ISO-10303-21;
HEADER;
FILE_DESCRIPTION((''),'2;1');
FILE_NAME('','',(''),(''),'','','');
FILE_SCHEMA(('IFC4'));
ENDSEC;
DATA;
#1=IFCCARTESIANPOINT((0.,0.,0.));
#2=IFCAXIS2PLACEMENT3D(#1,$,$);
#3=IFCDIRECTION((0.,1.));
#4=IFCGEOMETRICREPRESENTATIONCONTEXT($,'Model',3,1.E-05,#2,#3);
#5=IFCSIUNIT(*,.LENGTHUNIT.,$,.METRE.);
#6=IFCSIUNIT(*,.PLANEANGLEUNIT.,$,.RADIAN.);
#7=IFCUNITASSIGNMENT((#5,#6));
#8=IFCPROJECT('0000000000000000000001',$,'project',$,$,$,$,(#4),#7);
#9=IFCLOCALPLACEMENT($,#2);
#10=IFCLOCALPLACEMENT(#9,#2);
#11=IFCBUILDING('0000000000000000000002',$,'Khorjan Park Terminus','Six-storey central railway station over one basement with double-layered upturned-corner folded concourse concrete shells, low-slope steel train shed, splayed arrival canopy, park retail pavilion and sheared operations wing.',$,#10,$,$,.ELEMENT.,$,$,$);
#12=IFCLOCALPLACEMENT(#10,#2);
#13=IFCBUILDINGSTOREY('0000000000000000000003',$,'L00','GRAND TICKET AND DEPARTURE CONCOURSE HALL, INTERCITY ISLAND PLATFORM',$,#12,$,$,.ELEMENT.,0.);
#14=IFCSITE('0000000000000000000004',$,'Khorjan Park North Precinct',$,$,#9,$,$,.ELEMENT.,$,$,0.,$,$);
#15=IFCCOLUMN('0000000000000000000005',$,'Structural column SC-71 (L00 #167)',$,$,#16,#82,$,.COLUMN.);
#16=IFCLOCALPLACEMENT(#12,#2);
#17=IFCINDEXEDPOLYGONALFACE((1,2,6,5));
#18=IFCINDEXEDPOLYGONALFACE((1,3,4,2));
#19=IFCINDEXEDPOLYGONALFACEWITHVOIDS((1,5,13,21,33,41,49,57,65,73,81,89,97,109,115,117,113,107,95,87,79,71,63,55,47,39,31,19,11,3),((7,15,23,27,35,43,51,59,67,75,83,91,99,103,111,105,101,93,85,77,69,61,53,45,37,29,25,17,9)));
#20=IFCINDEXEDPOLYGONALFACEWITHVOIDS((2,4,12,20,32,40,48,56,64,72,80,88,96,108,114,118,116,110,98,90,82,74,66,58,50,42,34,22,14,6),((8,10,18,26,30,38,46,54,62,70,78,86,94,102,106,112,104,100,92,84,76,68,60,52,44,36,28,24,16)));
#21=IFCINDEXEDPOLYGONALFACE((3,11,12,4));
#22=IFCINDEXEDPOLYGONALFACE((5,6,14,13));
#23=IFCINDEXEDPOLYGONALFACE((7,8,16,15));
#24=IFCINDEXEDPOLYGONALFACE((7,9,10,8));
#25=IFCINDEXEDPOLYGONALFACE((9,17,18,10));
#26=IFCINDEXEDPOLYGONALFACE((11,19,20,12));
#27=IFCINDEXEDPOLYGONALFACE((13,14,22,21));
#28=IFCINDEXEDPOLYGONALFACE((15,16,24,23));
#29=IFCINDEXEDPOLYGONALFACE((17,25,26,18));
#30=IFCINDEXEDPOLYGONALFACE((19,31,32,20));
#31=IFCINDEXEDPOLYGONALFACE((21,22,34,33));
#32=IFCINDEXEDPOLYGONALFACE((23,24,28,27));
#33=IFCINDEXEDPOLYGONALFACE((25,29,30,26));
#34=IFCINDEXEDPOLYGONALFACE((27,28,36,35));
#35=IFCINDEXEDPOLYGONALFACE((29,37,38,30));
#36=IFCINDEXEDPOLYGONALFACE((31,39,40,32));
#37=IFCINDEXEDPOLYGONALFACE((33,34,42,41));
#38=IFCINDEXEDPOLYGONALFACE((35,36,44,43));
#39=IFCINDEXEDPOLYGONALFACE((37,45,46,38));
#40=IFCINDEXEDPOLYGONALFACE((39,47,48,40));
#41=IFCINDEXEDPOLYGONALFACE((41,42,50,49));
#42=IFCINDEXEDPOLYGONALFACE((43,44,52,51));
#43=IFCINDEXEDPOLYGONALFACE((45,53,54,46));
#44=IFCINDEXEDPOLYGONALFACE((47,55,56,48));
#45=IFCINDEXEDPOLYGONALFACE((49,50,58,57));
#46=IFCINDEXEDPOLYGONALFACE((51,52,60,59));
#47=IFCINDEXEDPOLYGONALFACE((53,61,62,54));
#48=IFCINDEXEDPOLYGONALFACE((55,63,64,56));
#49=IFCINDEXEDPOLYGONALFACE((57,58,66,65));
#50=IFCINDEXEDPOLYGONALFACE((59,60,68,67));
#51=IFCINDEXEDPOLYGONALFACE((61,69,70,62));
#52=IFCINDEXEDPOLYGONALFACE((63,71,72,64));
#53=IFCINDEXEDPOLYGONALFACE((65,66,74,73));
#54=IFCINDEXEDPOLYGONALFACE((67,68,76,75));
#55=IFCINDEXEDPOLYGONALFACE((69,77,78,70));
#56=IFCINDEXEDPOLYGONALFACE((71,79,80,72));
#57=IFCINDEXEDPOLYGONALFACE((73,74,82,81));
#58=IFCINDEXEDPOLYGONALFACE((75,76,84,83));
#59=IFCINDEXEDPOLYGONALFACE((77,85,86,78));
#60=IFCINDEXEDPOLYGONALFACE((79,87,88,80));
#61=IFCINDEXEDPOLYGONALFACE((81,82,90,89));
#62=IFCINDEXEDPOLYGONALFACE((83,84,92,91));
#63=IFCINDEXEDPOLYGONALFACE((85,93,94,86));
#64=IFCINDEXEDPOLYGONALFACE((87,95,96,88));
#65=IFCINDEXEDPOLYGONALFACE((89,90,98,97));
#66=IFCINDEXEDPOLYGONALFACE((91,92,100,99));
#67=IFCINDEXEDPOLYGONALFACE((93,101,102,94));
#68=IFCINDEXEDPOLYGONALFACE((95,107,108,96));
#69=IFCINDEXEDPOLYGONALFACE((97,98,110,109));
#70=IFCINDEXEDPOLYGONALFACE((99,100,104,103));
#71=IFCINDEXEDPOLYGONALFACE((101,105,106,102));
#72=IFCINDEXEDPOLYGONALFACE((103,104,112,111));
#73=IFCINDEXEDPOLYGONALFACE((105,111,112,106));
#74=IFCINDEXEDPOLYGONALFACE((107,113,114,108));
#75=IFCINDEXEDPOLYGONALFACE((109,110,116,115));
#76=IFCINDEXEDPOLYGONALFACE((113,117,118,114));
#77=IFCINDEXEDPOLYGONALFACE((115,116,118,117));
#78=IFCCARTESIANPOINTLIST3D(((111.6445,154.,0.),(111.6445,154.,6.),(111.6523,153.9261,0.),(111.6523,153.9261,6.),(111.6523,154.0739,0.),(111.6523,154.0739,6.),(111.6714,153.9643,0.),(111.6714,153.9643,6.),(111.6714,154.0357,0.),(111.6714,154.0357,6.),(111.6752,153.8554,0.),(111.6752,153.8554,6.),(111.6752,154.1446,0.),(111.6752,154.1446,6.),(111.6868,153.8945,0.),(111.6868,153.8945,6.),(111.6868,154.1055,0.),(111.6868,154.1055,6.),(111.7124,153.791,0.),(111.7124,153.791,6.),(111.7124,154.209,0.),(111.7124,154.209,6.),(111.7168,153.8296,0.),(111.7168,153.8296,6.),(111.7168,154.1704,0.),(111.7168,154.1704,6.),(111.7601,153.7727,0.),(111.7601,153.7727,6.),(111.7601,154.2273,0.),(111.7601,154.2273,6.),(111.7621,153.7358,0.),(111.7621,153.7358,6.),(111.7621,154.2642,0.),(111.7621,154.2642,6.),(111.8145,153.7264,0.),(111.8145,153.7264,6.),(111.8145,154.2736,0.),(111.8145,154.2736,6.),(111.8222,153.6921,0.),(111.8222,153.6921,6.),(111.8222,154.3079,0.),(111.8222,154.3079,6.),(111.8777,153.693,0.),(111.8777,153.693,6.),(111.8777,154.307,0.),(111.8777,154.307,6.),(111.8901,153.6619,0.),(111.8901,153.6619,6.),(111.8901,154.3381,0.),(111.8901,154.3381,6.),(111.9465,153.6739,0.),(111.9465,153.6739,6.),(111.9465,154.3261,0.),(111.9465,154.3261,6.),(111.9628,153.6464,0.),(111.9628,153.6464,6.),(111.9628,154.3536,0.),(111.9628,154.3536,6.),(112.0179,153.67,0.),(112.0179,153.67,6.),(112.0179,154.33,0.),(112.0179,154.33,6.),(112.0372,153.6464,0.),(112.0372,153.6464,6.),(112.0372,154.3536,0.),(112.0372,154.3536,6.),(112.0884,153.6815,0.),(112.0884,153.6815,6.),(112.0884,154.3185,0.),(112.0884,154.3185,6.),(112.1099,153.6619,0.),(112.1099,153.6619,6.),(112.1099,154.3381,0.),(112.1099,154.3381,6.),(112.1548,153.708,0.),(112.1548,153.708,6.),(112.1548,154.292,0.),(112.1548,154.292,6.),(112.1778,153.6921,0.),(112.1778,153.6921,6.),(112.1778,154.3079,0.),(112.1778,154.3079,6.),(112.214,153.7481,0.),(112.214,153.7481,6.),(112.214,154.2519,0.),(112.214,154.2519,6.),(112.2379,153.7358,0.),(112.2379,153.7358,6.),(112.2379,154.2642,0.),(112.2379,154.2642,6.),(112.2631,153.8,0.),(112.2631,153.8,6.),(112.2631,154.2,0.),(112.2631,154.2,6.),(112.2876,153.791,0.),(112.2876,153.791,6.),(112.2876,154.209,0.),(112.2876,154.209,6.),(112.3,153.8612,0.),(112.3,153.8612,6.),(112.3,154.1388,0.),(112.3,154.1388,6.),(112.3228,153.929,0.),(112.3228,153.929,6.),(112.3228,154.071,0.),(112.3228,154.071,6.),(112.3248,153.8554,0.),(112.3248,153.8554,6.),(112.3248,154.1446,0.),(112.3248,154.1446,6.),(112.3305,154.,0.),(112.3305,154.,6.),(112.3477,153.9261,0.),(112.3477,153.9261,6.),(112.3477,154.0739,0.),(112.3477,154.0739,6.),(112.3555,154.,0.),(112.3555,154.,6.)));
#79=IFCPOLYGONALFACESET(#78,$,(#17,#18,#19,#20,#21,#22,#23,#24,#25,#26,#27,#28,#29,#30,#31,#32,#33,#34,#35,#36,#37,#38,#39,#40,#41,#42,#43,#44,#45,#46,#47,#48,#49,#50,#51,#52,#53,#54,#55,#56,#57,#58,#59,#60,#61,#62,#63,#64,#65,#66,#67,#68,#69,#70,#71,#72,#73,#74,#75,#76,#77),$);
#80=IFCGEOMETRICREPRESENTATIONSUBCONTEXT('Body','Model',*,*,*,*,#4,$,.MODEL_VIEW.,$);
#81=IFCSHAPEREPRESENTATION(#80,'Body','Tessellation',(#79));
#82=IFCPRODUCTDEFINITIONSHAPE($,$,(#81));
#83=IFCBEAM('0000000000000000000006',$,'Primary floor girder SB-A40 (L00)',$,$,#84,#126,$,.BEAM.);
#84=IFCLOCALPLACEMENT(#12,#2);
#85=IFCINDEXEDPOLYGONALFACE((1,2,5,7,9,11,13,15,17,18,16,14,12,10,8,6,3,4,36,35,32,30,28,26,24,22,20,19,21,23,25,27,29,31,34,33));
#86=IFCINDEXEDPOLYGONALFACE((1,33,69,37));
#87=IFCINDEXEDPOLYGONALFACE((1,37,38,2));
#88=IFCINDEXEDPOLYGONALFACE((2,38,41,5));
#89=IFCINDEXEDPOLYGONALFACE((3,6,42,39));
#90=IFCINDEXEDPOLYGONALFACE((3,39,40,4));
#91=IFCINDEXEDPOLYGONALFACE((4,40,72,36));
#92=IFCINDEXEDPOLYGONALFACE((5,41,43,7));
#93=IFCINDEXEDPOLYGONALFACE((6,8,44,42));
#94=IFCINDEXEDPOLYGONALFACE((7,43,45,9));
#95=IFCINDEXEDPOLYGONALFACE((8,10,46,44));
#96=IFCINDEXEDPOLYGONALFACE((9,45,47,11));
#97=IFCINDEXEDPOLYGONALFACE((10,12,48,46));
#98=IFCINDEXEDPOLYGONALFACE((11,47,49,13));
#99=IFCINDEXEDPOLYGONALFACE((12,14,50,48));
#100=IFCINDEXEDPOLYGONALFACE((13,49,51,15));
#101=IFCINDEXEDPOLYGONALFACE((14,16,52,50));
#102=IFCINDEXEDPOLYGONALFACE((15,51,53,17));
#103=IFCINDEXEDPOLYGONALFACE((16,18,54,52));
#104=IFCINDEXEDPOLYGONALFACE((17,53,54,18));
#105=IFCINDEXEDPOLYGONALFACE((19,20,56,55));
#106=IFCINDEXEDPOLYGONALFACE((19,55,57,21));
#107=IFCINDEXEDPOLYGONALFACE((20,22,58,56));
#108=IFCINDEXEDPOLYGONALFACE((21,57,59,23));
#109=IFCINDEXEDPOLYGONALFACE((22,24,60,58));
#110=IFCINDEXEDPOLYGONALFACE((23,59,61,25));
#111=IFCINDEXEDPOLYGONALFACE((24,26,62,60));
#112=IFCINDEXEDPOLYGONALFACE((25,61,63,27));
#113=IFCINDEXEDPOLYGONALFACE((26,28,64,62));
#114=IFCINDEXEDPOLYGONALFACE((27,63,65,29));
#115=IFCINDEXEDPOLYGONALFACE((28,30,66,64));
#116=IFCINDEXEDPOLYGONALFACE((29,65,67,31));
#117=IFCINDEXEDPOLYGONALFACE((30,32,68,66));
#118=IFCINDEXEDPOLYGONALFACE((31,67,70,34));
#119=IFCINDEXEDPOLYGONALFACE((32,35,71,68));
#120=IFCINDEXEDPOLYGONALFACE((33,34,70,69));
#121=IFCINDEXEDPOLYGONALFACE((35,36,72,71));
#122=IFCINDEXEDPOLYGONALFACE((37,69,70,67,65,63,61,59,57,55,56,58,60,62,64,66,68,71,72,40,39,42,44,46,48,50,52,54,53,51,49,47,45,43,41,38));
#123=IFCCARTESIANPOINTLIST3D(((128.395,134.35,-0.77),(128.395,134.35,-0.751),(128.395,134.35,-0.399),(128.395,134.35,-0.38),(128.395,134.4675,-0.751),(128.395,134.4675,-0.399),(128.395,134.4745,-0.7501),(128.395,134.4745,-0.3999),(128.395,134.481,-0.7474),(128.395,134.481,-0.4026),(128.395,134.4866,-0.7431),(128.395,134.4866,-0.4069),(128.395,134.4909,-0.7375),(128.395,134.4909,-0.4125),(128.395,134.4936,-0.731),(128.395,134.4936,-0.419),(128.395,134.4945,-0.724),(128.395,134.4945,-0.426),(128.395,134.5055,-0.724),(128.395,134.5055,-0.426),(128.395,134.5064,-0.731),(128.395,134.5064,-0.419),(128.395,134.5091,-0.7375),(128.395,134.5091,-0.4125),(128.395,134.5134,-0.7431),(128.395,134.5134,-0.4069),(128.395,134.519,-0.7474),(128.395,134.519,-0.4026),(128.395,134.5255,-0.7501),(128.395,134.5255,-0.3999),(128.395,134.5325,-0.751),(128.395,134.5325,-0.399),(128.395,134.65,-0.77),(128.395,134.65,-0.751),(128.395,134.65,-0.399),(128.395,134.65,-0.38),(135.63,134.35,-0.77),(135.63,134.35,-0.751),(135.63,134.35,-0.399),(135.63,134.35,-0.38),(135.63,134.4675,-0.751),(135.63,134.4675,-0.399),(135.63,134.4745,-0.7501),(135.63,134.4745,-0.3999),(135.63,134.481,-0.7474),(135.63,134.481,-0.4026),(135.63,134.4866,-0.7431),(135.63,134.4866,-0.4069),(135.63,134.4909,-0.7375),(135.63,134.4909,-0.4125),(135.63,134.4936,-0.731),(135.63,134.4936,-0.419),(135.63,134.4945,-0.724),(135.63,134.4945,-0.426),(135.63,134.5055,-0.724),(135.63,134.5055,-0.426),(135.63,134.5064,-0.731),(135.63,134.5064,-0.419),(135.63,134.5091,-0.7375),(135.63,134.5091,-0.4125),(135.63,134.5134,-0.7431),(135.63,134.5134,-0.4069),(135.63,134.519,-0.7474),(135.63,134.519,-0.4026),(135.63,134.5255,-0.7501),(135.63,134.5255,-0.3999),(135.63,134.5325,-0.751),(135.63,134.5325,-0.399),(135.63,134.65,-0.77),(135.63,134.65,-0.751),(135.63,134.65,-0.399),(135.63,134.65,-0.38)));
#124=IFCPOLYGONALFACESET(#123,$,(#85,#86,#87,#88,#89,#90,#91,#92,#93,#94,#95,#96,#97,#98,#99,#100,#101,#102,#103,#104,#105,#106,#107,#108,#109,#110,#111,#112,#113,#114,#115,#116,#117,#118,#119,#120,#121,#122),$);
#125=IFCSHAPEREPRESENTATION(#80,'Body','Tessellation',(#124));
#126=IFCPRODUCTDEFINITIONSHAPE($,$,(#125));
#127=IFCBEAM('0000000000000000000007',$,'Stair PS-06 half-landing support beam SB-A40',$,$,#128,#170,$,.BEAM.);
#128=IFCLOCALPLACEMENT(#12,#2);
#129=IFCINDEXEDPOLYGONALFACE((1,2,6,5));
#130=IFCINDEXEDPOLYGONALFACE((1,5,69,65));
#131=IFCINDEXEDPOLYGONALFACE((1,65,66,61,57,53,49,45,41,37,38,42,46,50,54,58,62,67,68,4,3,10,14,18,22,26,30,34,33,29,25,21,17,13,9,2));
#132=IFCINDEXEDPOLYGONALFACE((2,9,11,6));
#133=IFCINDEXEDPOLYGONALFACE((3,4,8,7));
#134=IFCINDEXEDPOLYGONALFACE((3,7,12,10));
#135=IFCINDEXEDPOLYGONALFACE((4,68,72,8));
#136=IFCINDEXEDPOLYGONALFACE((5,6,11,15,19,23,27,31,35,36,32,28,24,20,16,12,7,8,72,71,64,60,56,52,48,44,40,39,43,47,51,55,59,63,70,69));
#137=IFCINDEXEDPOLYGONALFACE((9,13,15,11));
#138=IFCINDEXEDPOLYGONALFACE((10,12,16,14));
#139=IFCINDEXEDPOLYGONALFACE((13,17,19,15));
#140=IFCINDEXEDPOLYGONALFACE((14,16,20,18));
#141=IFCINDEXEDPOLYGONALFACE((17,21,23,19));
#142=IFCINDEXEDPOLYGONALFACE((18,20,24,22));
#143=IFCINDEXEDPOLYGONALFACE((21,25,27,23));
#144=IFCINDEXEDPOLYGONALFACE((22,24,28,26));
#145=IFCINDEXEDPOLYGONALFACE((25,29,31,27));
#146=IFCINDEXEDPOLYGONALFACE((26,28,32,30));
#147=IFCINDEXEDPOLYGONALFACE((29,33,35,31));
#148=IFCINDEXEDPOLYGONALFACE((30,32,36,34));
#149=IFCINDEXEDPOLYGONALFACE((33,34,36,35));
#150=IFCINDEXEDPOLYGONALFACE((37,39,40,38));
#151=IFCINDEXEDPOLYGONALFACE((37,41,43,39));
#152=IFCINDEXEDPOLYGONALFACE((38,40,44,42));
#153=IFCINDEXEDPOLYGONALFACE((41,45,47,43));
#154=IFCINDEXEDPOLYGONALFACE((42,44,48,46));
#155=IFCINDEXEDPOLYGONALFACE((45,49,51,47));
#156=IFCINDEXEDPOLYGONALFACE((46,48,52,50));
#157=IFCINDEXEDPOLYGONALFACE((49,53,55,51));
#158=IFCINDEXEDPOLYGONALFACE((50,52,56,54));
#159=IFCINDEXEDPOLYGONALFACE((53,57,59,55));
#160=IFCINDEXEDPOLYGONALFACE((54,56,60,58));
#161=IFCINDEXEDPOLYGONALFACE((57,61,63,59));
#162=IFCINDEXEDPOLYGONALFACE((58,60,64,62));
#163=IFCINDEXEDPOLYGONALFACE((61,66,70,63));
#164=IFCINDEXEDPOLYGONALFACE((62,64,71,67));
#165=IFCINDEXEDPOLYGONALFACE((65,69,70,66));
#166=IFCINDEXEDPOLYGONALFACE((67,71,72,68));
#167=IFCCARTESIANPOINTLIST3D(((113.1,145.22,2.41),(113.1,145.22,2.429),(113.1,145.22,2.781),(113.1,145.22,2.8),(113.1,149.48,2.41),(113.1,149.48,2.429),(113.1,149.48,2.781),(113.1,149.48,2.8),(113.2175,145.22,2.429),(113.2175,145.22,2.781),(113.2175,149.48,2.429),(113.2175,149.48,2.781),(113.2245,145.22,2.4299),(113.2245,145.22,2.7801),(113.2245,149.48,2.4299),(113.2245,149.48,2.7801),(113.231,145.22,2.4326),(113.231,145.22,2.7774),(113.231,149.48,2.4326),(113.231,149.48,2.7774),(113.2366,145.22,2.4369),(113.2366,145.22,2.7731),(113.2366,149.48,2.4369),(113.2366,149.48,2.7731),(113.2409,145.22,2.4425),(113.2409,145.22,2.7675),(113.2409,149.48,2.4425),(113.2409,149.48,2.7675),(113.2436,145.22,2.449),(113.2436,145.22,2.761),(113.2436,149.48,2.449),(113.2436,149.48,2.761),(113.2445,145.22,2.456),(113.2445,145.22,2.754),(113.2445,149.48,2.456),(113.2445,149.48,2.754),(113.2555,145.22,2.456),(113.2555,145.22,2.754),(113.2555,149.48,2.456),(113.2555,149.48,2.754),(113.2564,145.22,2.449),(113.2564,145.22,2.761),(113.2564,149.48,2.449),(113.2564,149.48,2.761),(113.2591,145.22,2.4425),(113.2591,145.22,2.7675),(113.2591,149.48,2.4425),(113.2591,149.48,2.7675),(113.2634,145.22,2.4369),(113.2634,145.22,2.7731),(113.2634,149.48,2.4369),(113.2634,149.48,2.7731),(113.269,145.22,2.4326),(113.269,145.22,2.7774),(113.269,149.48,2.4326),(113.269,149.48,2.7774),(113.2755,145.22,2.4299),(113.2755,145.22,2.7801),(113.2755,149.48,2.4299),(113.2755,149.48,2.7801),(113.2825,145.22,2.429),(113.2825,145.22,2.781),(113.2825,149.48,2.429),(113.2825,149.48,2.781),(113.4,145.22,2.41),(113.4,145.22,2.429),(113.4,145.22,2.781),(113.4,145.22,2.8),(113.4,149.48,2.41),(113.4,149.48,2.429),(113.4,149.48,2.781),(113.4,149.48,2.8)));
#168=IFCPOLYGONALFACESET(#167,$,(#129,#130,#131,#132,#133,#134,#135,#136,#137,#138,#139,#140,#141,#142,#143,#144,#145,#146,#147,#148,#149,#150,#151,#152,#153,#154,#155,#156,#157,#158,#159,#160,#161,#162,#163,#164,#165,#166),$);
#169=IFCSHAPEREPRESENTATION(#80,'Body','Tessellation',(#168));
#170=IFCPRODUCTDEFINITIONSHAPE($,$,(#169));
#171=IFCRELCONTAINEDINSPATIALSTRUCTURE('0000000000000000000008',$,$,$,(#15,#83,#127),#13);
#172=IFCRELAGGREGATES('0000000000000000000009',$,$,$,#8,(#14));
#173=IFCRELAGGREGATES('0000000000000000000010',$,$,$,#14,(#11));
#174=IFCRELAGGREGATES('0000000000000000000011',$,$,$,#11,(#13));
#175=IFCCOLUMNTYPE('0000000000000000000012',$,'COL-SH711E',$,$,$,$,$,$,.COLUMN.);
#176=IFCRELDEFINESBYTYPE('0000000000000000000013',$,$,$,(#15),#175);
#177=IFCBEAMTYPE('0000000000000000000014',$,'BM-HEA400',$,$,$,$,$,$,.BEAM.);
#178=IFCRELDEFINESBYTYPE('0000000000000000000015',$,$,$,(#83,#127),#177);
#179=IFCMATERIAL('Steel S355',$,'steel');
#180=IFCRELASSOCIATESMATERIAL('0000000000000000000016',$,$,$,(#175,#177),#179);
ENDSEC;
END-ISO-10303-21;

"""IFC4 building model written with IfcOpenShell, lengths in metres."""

from ifc_helpers import new_model, si_unit, direction, frame, origin, origin_2d, place, context, subcontext, project, spatial, hollow_circle, i_section, extrude, material, material_profile, profile_set, type_object, element, save


model = new_model("IFC4")

# Units and contexts
model_context = context("Model", 3, precision=1e-05, world=origin(), true_north=direction((0.0, 1.0)))
body_context = subcontext(model_context, "Body", "Model", "MODEL_VIEW")
ifc_project = project(units=[si_unit("LENGTHUNIT", "METRE"), si_unit("PLANEANGLEUNIT", "RADIAN")], contexts=[model_context])

# Site, building, storey
site_placement = place(None, origin())
site = spatial("IfcSite", under=ifc_project, at=site_placement, Name="Khorjan Park North Precinct", CompositionType="ELEMENT", RefElevation=0.0)
building_placement = place(site_placement, origin())
building = spatial("IfcBuilding", under=site, at=building_placement, Name="Khorjan Park Terminus", Description="Six-storey central railway station over one basement with double-layered upturned-corner folded concourse concrete shells, low-slope steel train shed, splayed arrival canopy, park retail pavilion and sheared operations wing.", CompositionType="ELEMENT")
storey_placement = place(building_placement, origin())
storey = spatial("IfcBuildingStorey", under=building, at=storey_placement, Name="L00", Description="GRAND TICKET AND DEPARTURE CONCOURSE HALL, INTERCITY ISLAND PLATFORM", CompositionType="ELEMENT", Elevation=0.0)

# Column
ifc_material_1 = material(Name="Steel S355", Category="steel")
ifc_material_profile_1 = material_profile(ifc_material_1, hollow_circle(Radius=0.3555, WallThickness=0.025, at=origin_2d()), Name="CHS 711x25")
ifc_profile_set_1 = profile_set([ifc_material_profile_1], Name="Steel S355")
column_type_1 = type_object("IfcColumnType", Name="COL-SH711E", PredefinedType="COLUMN", material=ifc_profile_set_1)
column_1_placement = place(storey_placement, frame((112.0, 154.0, 0.0), z_axis=(0.0, 0.0, 1.0), x_axis=(1.0, 0.0, 0.0)))
element("IfcColumn", 1, at=column_1_placement, inside=storey, type_object=column_type_1, Name="Structural column SC-71 (L00 #167)", PredefinedType="COLUMN", context=body_context, shape_type="SweptSolid", body=[
    extrude(hollow_circle(Radius=0.3555, WallThickness=0.025, at=origin_2d()), origin(), (0.0, 0.0, 1.0), 6.0),
])

# Beams
ifc_material_profile_2 = material_profile(ifc_material_1, i_section(OverallWidth=0.3, OverallDepth=0.39, WebThickness=0.011, FlangeThickness=0.019, FilletRadius=0.027, at=origin_2d()), Name="HEA 400")
ifc_profile_set_2 = profile_set([ifc_material_profile_2], Name="Steel S355")
beam_type_1 = type_object("IfcBeamType", Name="BM-HEA400", PredefinedType="BEAM", material=ifc_profile_set_2)
beam_1_placement = place(storey_placement, frame((128.395, 134.5, -0.575), z_axis=(1.0, 0.0, 0.0), x_axis=(0.0, 1.0, 0.0)))
element("IfcBeam", 2, at=beam_1_placement, inside=storey, type_object=beam_type_1, Name="Primary floor girder SB-A40 (L00)", PredefinedType="BEAM", context=body_context, shape_type="SweptSolid", body=[
    extrude(i_section(OverallWidth=0.3, OverallDepth=0.39, WebThickness=0.011, FlangeThickness=0.019, FilletRadius=0.027, at=origin_2d()), origin(), (0.0, 0.0, 1.0), 7.235),
])
beam_2_placement = place(storey_placement, frame((113.25, 145.22, 2.605), z_axis=(0.0, 1.0, 0.0), x_axis=(-1.0, 0.0, 0.0)))
element("IfcBeam", 3, at=beam_2_placement, inside=storey, type_object=beam_type_1, Name="Stair PS-06 half-landing support beam SB-A40", PredefinedType="BEAM", context=body_context, shape_type="SweptSolid", body=[
    extrude(i_section(OverallWidth=0.3, OverallDepth=0.39, WebThickness=0.011, FlangeThickness=0.019, FilletRadius=0.027, at=origin_2d()), origin(), (0.0, 0.0, 1.0), 4.26),
])

save(model, "model.ifc")
